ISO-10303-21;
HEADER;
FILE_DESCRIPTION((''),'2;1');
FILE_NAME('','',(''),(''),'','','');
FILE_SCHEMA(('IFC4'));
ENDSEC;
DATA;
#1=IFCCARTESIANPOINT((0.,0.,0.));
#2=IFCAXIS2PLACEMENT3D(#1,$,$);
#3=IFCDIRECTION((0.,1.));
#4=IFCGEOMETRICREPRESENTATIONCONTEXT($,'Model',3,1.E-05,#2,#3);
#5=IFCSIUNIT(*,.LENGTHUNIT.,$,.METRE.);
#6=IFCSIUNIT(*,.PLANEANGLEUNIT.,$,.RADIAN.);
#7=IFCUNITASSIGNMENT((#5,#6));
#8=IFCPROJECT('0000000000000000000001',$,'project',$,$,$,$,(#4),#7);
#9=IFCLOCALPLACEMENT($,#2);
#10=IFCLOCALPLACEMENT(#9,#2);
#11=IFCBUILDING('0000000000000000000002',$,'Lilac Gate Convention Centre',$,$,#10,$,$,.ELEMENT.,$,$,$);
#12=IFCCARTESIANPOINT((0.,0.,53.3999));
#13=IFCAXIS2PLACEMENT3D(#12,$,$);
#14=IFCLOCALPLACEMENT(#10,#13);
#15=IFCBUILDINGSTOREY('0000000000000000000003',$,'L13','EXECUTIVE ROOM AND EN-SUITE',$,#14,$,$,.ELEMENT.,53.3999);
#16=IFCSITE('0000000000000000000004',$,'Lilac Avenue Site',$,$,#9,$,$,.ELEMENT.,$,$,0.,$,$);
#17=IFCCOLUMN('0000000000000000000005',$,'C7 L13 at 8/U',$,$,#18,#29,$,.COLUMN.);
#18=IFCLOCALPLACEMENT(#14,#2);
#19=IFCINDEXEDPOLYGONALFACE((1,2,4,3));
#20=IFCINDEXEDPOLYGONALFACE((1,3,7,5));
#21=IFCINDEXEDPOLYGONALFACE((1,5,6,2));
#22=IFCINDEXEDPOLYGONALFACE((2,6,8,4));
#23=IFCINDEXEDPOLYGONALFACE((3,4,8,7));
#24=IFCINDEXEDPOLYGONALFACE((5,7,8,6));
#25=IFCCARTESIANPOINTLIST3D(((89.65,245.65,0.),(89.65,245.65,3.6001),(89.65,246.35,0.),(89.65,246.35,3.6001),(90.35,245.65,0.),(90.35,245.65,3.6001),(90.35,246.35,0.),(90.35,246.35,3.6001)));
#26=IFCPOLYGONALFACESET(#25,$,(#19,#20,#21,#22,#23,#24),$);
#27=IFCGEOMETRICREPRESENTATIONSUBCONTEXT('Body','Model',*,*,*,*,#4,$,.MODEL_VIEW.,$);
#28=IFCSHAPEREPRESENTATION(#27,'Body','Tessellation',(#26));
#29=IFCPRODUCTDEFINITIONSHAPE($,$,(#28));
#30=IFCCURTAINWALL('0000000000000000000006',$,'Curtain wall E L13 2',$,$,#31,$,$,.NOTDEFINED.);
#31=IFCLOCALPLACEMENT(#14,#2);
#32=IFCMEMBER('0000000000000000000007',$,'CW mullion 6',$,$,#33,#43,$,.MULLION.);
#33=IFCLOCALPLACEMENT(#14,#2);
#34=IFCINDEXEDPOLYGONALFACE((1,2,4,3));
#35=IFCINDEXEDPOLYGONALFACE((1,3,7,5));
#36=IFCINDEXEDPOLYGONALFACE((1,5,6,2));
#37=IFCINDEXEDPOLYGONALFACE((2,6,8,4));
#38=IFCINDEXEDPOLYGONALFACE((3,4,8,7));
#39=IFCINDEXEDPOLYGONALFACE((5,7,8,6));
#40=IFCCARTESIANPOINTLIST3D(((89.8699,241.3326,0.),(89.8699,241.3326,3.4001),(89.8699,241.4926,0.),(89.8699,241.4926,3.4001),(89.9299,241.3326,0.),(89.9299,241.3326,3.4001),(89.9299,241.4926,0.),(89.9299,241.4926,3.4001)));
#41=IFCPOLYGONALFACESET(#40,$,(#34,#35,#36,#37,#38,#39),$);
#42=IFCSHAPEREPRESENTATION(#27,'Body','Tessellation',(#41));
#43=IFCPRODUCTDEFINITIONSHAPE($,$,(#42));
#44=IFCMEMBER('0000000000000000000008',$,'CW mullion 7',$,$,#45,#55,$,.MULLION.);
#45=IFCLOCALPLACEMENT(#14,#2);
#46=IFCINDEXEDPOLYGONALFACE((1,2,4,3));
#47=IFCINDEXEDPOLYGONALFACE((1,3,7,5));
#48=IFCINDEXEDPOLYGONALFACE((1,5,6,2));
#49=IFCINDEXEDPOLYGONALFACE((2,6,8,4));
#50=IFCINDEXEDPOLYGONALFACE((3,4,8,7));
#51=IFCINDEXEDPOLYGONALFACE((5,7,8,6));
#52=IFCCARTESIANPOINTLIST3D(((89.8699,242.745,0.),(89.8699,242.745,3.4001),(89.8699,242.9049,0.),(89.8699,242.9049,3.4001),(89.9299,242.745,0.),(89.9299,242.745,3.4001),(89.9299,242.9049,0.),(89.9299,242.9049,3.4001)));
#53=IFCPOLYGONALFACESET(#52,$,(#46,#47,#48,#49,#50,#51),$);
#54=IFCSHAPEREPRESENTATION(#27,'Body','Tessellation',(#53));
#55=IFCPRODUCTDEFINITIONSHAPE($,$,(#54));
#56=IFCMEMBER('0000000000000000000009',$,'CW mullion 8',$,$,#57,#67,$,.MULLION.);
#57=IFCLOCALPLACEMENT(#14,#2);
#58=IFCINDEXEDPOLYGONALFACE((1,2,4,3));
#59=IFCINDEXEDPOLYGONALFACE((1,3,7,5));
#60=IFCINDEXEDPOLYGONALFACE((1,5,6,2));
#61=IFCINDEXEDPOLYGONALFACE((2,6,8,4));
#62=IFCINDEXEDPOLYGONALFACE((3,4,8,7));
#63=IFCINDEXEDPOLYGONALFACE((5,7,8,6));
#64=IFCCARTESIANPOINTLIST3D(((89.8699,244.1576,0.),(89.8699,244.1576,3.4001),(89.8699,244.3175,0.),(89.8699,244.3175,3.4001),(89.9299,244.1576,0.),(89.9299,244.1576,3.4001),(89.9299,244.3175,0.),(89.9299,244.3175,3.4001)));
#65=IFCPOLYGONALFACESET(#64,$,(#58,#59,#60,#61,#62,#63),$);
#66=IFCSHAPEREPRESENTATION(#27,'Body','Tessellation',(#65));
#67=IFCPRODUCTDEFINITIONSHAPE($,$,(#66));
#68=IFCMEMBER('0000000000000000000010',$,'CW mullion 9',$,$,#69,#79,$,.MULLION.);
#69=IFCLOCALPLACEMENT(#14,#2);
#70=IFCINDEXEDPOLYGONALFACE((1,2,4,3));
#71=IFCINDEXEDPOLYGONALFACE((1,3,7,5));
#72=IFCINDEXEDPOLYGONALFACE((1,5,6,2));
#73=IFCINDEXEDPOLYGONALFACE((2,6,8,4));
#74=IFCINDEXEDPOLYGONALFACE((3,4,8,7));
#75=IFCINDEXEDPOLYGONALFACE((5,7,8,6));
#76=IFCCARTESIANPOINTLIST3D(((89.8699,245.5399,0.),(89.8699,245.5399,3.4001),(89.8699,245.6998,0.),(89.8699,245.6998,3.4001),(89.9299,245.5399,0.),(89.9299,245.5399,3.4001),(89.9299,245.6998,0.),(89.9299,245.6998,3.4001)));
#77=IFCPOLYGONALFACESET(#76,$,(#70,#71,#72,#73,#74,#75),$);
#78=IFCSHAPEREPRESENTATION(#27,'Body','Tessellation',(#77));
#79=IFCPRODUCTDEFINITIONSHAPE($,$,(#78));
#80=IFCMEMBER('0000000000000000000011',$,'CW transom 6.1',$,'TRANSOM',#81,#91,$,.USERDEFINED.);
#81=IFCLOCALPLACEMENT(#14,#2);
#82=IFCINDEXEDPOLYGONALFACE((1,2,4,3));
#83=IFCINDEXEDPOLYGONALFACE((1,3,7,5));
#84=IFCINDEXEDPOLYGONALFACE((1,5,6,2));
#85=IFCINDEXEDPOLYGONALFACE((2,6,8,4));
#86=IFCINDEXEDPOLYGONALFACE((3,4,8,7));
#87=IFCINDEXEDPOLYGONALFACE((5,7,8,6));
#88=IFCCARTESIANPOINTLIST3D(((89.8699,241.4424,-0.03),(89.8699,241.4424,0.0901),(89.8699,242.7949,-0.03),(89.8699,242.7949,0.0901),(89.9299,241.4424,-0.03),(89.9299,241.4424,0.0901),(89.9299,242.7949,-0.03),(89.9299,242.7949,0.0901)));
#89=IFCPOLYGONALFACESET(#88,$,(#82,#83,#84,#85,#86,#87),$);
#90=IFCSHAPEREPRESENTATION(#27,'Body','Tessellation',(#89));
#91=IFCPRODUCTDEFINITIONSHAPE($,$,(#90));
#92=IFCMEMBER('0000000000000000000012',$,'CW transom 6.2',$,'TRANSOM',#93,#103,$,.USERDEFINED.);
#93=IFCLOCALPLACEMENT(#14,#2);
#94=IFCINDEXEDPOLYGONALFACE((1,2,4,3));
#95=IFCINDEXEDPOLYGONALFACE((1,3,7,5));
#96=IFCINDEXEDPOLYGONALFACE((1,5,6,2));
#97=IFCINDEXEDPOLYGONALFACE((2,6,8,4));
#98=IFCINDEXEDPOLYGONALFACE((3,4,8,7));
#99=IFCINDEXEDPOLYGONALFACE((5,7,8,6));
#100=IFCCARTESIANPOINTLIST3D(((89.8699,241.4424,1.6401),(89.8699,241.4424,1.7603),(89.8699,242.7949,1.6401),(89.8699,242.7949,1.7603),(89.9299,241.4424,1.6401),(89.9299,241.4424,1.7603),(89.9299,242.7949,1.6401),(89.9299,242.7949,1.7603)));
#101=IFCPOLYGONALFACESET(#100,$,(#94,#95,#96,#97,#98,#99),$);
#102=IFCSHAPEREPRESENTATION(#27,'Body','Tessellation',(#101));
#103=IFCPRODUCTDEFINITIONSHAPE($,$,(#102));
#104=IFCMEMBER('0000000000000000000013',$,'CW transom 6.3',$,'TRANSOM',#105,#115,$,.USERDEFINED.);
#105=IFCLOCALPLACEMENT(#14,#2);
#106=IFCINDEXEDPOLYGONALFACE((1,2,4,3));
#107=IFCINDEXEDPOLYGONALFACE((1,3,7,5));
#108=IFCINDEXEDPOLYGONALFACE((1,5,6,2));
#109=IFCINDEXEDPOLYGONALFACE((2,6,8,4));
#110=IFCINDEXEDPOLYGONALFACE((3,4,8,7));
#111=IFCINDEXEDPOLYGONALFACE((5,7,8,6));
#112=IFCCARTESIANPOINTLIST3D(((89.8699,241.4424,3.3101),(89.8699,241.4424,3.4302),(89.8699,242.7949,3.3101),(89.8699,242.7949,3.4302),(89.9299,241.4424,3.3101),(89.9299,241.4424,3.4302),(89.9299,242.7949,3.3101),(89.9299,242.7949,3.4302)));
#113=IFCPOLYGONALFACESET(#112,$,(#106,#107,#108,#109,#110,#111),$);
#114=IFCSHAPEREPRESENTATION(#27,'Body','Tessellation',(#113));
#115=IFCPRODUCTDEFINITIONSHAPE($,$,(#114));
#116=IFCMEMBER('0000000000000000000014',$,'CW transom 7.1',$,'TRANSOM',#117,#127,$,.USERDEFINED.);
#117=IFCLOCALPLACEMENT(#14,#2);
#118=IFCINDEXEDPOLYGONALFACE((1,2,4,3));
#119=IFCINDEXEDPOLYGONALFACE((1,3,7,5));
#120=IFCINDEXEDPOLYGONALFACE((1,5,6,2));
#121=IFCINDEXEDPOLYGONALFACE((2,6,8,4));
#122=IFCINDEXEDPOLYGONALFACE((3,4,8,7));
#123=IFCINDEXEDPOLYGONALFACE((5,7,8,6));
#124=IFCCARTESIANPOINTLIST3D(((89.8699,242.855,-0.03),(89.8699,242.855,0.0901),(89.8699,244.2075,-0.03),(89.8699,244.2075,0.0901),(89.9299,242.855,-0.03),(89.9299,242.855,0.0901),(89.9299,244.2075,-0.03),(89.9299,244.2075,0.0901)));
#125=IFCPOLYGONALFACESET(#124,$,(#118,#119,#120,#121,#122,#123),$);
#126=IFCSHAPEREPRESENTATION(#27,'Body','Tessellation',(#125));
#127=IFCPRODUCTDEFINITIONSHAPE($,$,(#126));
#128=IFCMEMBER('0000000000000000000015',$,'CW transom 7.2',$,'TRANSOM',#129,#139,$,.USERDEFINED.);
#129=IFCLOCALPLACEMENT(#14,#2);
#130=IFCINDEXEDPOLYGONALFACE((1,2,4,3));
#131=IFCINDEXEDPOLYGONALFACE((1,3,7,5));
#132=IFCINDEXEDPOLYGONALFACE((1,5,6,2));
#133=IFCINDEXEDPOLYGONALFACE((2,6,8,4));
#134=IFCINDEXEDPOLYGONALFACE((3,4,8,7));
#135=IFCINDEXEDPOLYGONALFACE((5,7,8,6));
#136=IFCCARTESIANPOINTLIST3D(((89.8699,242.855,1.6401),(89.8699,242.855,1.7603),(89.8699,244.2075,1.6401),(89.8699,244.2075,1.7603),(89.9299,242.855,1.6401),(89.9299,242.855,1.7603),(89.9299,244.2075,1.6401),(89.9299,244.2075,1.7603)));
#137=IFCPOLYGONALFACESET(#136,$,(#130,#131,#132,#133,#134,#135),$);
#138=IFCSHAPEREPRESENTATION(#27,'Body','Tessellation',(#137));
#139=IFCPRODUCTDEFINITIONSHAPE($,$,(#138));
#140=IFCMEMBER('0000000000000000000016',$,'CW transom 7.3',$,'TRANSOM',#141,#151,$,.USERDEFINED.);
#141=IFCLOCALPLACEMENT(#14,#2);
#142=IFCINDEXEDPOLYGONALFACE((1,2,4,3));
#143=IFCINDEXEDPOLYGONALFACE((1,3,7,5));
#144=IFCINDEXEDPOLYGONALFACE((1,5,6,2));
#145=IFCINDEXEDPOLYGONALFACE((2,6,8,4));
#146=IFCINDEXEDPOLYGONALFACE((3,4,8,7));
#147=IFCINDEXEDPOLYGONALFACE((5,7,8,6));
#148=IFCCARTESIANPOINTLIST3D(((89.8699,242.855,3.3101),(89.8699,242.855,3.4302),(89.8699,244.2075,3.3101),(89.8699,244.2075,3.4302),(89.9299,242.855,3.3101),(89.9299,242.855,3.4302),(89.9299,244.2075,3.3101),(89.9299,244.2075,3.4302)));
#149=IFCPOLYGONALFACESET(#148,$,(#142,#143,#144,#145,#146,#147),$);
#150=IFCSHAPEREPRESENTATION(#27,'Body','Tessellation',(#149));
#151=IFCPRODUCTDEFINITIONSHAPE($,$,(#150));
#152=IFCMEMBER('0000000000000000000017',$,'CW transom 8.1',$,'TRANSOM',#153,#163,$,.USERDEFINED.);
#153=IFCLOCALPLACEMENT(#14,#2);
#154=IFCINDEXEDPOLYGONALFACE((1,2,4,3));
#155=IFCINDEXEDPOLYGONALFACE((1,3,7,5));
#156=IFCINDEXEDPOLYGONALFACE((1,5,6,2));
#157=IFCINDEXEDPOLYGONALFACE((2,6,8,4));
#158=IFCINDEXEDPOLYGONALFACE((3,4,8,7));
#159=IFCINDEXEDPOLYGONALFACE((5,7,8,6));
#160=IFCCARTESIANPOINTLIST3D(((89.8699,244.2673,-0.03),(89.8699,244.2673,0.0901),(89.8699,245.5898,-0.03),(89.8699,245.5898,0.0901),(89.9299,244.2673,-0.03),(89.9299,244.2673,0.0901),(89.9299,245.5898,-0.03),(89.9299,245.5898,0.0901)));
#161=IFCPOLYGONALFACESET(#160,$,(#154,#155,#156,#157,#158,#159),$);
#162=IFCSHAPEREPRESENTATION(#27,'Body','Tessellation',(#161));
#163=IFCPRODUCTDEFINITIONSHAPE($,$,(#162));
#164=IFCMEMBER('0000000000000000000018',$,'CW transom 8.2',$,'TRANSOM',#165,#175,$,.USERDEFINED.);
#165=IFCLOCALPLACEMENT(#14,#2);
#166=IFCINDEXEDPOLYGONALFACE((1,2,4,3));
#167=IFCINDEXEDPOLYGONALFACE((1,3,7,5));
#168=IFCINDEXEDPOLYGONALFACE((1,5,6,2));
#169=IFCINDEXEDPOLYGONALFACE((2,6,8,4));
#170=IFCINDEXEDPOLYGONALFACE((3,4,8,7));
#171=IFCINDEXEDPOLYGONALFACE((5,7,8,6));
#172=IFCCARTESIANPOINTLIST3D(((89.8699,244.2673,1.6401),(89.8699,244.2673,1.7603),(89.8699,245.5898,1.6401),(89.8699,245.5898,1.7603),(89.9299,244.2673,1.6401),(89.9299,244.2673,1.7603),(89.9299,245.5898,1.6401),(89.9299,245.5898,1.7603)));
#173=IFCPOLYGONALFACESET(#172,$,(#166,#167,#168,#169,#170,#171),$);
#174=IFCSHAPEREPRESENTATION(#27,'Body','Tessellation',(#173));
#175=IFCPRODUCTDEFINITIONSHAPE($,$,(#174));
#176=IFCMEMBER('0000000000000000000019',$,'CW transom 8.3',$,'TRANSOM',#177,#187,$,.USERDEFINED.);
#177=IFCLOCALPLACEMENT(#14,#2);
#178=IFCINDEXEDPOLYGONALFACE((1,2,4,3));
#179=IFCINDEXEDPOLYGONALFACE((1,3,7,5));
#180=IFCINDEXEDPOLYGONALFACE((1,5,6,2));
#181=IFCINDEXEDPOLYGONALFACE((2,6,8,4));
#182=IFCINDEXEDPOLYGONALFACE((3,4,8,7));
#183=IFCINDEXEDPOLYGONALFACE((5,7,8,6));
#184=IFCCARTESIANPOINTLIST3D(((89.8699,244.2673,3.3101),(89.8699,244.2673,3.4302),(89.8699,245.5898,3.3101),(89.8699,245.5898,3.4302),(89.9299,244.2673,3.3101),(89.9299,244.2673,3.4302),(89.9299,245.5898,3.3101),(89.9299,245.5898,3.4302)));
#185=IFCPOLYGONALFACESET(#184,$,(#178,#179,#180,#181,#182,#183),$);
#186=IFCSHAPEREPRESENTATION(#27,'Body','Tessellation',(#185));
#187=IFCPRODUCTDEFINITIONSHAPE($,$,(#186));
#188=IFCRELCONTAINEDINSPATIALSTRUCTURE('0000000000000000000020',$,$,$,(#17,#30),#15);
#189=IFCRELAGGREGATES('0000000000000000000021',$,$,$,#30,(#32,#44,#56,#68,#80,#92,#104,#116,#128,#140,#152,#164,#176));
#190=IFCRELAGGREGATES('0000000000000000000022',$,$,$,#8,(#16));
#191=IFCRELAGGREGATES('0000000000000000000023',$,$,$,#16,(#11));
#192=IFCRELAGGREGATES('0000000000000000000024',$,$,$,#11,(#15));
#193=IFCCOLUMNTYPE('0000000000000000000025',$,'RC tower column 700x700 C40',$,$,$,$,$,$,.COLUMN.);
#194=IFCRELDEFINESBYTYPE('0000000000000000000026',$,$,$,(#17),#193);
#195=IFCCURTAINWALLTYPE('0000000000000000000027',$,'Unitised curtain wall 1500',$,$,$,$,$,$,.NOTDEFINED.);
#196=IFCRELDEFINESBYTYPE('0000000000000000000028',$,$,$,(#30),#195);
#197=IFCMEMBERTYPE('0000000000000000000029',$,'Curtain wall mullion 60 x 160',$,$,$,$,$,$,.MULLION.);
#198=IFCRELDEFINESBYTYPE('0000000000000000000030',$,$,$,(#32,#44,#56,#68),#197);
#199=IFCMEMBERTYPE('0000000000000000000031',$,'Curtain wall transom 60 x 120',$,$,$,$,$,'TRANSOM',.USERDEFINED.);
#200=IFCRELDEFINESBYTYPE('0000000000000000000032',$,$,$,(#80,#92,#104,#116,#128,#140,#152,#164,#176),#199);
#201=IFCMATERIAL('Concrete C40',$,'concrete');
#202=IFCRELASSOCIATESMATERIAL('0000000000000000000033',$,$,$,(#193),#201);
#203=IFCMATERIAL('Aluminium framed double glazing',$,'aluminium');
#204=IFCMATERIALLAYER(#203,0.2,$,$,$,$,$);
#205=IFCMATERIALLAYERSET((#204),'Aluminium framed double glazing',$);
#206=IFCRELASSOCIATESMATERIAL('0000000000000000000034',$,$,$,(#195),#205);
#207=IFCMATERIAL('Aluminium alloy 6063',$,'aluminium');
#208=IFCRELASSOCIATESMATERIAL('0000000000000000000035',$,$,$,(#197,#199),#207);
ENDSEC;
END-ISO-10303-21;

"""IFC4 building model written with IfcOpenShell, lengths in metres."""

from ifc_helpers import new_model, si_unit, direction, frame, origin, origin_2d, place, context, subcontext, project, spatial, rectangle, extrude, material, layer, layer_set, material_profile, profile_set, type_object, element, aggregate, save


model = new_model("IFC4")

# Units and contexts
model_context = context("Model", 3, precision=1e-05, world=origin(), true_north=direction((0.0, 1.0)))
body_context = subcontext(model_context, "Body", "Model", "MODEL_VIEW")
ifc_project = project(units=[si_unit("LENGTHUNIT", "METRE"), si_unit("PLANEANGLEUNIT", "RADIAN")], contexts=[model_context])

# Site, building, storey
site_placement = place(None, origin())
site = spatial("IfcSite", under=ifc_project, at=site_placement, Name="Lilac Avenue Site", CompositionType="ELEMENT", RefElevation=0.0)
building_placement = place(site_placement, origin())
building = spatial("IfcBuilding", under=site, at=building_placement, Name="Lilac Gate Convention Centre", CompositionType="ELEMENT")
storey_placement = place(building_placement, frame((0.0, 0.0, 53.3999)))
storey = spatial("IfcBuildingStorey", under=building, at=storey_placement, Name="L13", Description="EXECUTIVE ROOM AND EN-SUITE", CompositionType="ELEMENT", Elevation=53.3999)

# Column
ifc_material_1 = material(Name="Concrete C40", Category="concrete")
ifc_material_profile_1 = material_profile(ifc_material_1, rectangle(XDim=0.7, YDim=0.7, at=origin_2d()), Name="RC 700x700")
ifc_profile_set_1 = profile_set([ifc_material_profile_1], Name="Concrete C40")
column_type = type_object("IfcColumnType", Name="RC tower column 700x700 C40", PredefinedType="COLUMN", material=ifc_profile_set_1)
column_placement = place(storey_placement, frame((90.0, 246.0, 0.0), z_axis=(0.0, 0.0, 1.0), x_axis=(1.0, 0.0, 0.0)))
element("IfcColumn", 1, at=column_placement, inside=storey, type_object=column_type, Name="C7 L13 at 8/U", PredefinedType="COLUMN", context=body_context, shape_type="SweptSolid", body=[
    extrude(rectangle(XDim=0.7, YDim=0.7, at=origin_2d()), origin(), (0.0, 0.0, 1.0), 3.6001),
])

# Curtain wall, members
ifc_material_2 = material(Name="Aluminium framed double glazing", Category="aluminium")
ifc_layer_1 = layer(ifc_material_2, 0.2)
ifc_layer_set_1 = layer_set([ifc_layer_1], Name="Aluminium framed double glazing")
curtain_wall_type = type_object("IfcCurtainWallType", Name="Unitised curtain wall 1500", PredefinedType="NOTDEFINED", material=ifc_layer_set_1)
curtain_wall_placement = place(storey_placement, origin())
curtain_wall = element("IfcCurtainWall", 2, at=curtain_wall_placement, inside=storey, type_object=curtain_wall_type, Name="Curtain wall E L13 2", PredefinedType="NOTDEFINED")
ifc_material_3 = material(Name="Aluminium alloy 6063", Category="aluminium")
ifc_material_profile_2 = material_profile(ifc_material_3, rectangle(XDim=0.0601, YDim=0.1599, at=origin_2d()), Name="Curtain wall mullion 60 x 160")
ifc_profile_set_2 = profile_set([ifc_material_profile_2], Name="Aluminium alloy 6063")
member_type_1 = type_object("IfcMemberType", Name="Curtain wall mullion 60 x 160", PredefinedType="MULLION", material=ifc_profile_set_2)
member_1_placement = place(storey_placement, frame((89.8999, 241.4126, 0.0), z_axis=(0.0, 0.0, 1.0), x_axis=(-1.0, 0.0, 0.0)))
member_1 = element("IfcMember", 3, at=member_1_placement, type_object=member_type_1, Name="CW mullion 6", PredefinedType="MULLION", context=body_context, shape_type="SweptSolid", body=[
    extrude(rectangle(XDim=0.0601, YDim=0.1599, at=origin_2d()), origin(), (0.0, 0.0, 1.0), 3.4001),
])
member_2_placement = place(storey_placement, frame((89.8999, 242.825, 0.0), z_axis=(0.0, 0.0, 1.0), x_axis=(-1.0, 0.0, 0.0)))
member_2 = element("IfcMember", 4, at=member_2_placement, type_object=member_type_1, Name="CW mullion 7", PredefinedType="MULLION", context=body_context, shape_type="SweptSolid", body=[
    extrude(rectangle(XDim=0.0601, YDim=0.1599, at=origin_2d()), origin(), (0.0, 0.0, 1.0), 3.4001),
])
member_3_placement = place(storey_placement, frame((89.8999, 244.2375, 0.0), z_axis=(0.0, 0.0, 1.0), x_axis=(-1.0, 0.0, 0.0)))
member_3 = element("IfcMember", 5, at=member_3_placement, type_object=member_type_1, Name="CW mullion 8", PredefinedType="MULLION", context=body_context, shape_type="SweptSolid", body=[
    extrude(rectangle(XDim=0.0601, YDim=0.1599, at=origin_2d()), origin(), (0.0, 0.0, 1.0), 3.4001),
])
member_4_placement = place(storey_placement, frame((89.8999, 245.6199, 0.0), z_axis=(0.0, 0.0, 1.0), x_axis=(-1.0, 0.0, 0.0)))
member_4 = element("IfcMember", 6, at=member_4_placement, type_object=member_type_1, Name="CW mullion 9", PredefinedType="MULLION", context=body_context, shape_type="SweptSolid", body=[
    extrude(rectangle(XDim=0.0601, YDim=0.1599, at=origin_2d()), origin(), (0.0, 0.0, 1.0), 3.4001),
])
ifc_material_profile_3 = material_profile(ifc_material_3, rectangle(XDim=0.0601, YDim=0.1201, at=origin_2d()), Name="Curtain wall transom 60 x 120")
ifc_profile_set_3 = profile_set([ifc_material_profile_3], Name="Aluminium alloy 6063")
member_type_2 = type_object("IfcMemberType", Name="Curtain wall transom 60 x 120", ElementType="TRANSOM", PredefinedType="USERDEFINED", material=ifc_profile_set_3)
member_5_placement = place(storey_placement, frame((89.8999, 241.4424, 0.03), z_axis=(0.0, 1.0, 0.0), x_axis=(-1.0, 0.0, 0.0)))
member_5 = element("IfcMember", 7, at=member_5_placement, type_object=member_type_2, Name="CW transom 6.1", ObjectType="TRANSOM", PredefinedType="USERDEFINED", context=body_context, shape_type="SweptSolid", body=[
    extrude(rectangle(XDim=0.0601, YDim=0.1201, at=origin_2d()), origin(), (0.0, 0.0, 1.0), 1.3525),
])
member_6_placement = place(storey_placement, frame((89.8999, 241.4424, 1.7002), z_axis=(0.0, 1.0, 0.0), x_axis=(-1.0, 0.0, 0.0)))
member_6 = element("IfcMember", 8, at=member_6_placement, type_object=member_type_2, Name="CW transom 6.2", ObjectType="TRANSOM", PredefinedType="USERDEFINED", context=body_context, shape_type="SweptSolid", body=[
    extrude(rectangle(XDim=0.0601, YDim=0.1201, at=origin_2d()), origin(), (0.0, 0.0, 1.0), 1.3525),
])
member_7_placement = place(storey_placement, frame((89.8999, 241.4424, 3.3701), z_axis=(0.0, 1.0, 0.0), x_axis=(-1.0, 0.0, 0.0)))
member_7 = element("IfcMember", 9, at=member_7_placement, type_object=member_type_2, Name="CW transom 6.3", ObjectType="TRANSOM", PredefinedType="USERDEFINED", context=body_context, shape_type="SweptSolid", body=[
    extrude(rectangle(XDim=0.0601, YDim=0.1201, at=origin_2d()), origin(), (0.0, 0.0, 1.0), 1.3525),
])
member_8_placement = place(storey_placement, frame((89.8999, 242.855, 0.03), z_axis=(0.0, 1.0, 0.0), x_axis=(-1.0, 0.0, 0.0)))
member_8 = element("IfcMember", 10, at=member_8_placement, type_object=member_type_2, Name="CW transom 7.1", ObjectType="TRANSOM", PredefinedType="USERDEFINED", context=body_context, shape_type="SweptSolid", body=[
    extrude(rectangle(XDim=0.0601, YDim=0.1201, at=origin_2d()), origin(), (0.0, 0.0, 1.0), 1.3525),
])
member_9_placement = place(storey_placement, frame((89.8999, 242.855, 1.7002), z_axis=(0.0, 1.0, 0.0), x_axis=(-1.0, 0.0, 0.0)))
member_9 = element("IfcMember", 11, at=member_9_placement, type_object=member_type_2, Name="CW transom 7.2", ObjectType="TRANSOM", PredefinedType="USERDEFINED", context=body_context, shape_type="SweptSolid", body=[
    extrude(rectangle(XDim=0.0601, YDim=0.1201, at=origin_2d()), origin(), (0.0, 0.0, 1.0), 1.3525),
])
member_10_placement = place(storey_placement, frame((89.8999, 242.855, 3.3701), z_axis=(0.0, 1.0, 0.0), x_axis=(-1.0, 0.0, 0.0)))
member_10 = element("IfcMember", 12, at=member_10_placement, type_object=member_type_2, Name="CW transom 7.3", ObjectType="TRANSOM", PredefinedType="USERDEFINED", context=body_context, shape_type="SweptSolid", body=[
    extrude(rectangle(XDim=0.0601, YDim=0.1201, at=origin_2d()), origin(), (0.0, 0.0, 1.0), 1.3525),
])
member_11_placement = place(storey_placement, frame((89.8999, 244.2673, 0.03), z_axis=(0.0, 1.0, 0.0), x_axis=(-1.0, 0.0, 0.0)))
member_11 = element("IfcMember", 13, at=member_11_placement, type_object=member_type_2, Name="CW transom 8.1", ObjectType="TRANSOM", PredefinedType="USERDEFINED", context=body_context, shape_type="SweptSolid", body=[
    extrude(rectangle(XDim=0.0601, YDim=0.1201, at=origin_2d()), origin(), (0.0, 0.0, 1.0), 1.3225),
])
member_12_placement = place(storey_placement, frame((89.8999, 244.2673, 1.7002), z_axis=(0.0, 1.0, 0.0), x_axis=(-1.0, 0.0, 0.0)))
member_12 = element("IfcMember", 14, at=member_12_placement, type_object=member_type_2, Name="CW transom 8.2", ObjectType="TRANSOM", PredefinedType="USERDEFINED", context=body_context, shape_type="SweptSolid", body=[
    extrude(rectangle(XDim=0.0601, YDim=0.1201, at=origin_2d()), origin(), (0.0, 0.0, 1.0), 1.3225),
])
member_13_placement = place(storey_placement, frame((89.8999, 244.2673, 3.3701), z_axis=(0.0, 1.0, 0.0), x_axis=(-1.0, 0.0, 0.0)))
member_13 = element("IfcMember", 15, at=member_13_placement, type_object=member_type_2, Name="CW transom 8.3", ObjectType="TRANSOM", PredefinedType="USERDEFINED", context=body_context, shape_type="SweptSolid", body=[
    extrude(rectangle(XDim=0.0601, YDim=0.1201, at=origin_2d()), origin(), (0.0, 0.0, 1.0), 1.3225),
])
aggregate(curtain_wall, [member_1, member_2, member_3, member_4, member_5, member_6, member_7, member_8, member_9, member_10, member_11, member_12, member_13])

save(model, "model.ifc")
